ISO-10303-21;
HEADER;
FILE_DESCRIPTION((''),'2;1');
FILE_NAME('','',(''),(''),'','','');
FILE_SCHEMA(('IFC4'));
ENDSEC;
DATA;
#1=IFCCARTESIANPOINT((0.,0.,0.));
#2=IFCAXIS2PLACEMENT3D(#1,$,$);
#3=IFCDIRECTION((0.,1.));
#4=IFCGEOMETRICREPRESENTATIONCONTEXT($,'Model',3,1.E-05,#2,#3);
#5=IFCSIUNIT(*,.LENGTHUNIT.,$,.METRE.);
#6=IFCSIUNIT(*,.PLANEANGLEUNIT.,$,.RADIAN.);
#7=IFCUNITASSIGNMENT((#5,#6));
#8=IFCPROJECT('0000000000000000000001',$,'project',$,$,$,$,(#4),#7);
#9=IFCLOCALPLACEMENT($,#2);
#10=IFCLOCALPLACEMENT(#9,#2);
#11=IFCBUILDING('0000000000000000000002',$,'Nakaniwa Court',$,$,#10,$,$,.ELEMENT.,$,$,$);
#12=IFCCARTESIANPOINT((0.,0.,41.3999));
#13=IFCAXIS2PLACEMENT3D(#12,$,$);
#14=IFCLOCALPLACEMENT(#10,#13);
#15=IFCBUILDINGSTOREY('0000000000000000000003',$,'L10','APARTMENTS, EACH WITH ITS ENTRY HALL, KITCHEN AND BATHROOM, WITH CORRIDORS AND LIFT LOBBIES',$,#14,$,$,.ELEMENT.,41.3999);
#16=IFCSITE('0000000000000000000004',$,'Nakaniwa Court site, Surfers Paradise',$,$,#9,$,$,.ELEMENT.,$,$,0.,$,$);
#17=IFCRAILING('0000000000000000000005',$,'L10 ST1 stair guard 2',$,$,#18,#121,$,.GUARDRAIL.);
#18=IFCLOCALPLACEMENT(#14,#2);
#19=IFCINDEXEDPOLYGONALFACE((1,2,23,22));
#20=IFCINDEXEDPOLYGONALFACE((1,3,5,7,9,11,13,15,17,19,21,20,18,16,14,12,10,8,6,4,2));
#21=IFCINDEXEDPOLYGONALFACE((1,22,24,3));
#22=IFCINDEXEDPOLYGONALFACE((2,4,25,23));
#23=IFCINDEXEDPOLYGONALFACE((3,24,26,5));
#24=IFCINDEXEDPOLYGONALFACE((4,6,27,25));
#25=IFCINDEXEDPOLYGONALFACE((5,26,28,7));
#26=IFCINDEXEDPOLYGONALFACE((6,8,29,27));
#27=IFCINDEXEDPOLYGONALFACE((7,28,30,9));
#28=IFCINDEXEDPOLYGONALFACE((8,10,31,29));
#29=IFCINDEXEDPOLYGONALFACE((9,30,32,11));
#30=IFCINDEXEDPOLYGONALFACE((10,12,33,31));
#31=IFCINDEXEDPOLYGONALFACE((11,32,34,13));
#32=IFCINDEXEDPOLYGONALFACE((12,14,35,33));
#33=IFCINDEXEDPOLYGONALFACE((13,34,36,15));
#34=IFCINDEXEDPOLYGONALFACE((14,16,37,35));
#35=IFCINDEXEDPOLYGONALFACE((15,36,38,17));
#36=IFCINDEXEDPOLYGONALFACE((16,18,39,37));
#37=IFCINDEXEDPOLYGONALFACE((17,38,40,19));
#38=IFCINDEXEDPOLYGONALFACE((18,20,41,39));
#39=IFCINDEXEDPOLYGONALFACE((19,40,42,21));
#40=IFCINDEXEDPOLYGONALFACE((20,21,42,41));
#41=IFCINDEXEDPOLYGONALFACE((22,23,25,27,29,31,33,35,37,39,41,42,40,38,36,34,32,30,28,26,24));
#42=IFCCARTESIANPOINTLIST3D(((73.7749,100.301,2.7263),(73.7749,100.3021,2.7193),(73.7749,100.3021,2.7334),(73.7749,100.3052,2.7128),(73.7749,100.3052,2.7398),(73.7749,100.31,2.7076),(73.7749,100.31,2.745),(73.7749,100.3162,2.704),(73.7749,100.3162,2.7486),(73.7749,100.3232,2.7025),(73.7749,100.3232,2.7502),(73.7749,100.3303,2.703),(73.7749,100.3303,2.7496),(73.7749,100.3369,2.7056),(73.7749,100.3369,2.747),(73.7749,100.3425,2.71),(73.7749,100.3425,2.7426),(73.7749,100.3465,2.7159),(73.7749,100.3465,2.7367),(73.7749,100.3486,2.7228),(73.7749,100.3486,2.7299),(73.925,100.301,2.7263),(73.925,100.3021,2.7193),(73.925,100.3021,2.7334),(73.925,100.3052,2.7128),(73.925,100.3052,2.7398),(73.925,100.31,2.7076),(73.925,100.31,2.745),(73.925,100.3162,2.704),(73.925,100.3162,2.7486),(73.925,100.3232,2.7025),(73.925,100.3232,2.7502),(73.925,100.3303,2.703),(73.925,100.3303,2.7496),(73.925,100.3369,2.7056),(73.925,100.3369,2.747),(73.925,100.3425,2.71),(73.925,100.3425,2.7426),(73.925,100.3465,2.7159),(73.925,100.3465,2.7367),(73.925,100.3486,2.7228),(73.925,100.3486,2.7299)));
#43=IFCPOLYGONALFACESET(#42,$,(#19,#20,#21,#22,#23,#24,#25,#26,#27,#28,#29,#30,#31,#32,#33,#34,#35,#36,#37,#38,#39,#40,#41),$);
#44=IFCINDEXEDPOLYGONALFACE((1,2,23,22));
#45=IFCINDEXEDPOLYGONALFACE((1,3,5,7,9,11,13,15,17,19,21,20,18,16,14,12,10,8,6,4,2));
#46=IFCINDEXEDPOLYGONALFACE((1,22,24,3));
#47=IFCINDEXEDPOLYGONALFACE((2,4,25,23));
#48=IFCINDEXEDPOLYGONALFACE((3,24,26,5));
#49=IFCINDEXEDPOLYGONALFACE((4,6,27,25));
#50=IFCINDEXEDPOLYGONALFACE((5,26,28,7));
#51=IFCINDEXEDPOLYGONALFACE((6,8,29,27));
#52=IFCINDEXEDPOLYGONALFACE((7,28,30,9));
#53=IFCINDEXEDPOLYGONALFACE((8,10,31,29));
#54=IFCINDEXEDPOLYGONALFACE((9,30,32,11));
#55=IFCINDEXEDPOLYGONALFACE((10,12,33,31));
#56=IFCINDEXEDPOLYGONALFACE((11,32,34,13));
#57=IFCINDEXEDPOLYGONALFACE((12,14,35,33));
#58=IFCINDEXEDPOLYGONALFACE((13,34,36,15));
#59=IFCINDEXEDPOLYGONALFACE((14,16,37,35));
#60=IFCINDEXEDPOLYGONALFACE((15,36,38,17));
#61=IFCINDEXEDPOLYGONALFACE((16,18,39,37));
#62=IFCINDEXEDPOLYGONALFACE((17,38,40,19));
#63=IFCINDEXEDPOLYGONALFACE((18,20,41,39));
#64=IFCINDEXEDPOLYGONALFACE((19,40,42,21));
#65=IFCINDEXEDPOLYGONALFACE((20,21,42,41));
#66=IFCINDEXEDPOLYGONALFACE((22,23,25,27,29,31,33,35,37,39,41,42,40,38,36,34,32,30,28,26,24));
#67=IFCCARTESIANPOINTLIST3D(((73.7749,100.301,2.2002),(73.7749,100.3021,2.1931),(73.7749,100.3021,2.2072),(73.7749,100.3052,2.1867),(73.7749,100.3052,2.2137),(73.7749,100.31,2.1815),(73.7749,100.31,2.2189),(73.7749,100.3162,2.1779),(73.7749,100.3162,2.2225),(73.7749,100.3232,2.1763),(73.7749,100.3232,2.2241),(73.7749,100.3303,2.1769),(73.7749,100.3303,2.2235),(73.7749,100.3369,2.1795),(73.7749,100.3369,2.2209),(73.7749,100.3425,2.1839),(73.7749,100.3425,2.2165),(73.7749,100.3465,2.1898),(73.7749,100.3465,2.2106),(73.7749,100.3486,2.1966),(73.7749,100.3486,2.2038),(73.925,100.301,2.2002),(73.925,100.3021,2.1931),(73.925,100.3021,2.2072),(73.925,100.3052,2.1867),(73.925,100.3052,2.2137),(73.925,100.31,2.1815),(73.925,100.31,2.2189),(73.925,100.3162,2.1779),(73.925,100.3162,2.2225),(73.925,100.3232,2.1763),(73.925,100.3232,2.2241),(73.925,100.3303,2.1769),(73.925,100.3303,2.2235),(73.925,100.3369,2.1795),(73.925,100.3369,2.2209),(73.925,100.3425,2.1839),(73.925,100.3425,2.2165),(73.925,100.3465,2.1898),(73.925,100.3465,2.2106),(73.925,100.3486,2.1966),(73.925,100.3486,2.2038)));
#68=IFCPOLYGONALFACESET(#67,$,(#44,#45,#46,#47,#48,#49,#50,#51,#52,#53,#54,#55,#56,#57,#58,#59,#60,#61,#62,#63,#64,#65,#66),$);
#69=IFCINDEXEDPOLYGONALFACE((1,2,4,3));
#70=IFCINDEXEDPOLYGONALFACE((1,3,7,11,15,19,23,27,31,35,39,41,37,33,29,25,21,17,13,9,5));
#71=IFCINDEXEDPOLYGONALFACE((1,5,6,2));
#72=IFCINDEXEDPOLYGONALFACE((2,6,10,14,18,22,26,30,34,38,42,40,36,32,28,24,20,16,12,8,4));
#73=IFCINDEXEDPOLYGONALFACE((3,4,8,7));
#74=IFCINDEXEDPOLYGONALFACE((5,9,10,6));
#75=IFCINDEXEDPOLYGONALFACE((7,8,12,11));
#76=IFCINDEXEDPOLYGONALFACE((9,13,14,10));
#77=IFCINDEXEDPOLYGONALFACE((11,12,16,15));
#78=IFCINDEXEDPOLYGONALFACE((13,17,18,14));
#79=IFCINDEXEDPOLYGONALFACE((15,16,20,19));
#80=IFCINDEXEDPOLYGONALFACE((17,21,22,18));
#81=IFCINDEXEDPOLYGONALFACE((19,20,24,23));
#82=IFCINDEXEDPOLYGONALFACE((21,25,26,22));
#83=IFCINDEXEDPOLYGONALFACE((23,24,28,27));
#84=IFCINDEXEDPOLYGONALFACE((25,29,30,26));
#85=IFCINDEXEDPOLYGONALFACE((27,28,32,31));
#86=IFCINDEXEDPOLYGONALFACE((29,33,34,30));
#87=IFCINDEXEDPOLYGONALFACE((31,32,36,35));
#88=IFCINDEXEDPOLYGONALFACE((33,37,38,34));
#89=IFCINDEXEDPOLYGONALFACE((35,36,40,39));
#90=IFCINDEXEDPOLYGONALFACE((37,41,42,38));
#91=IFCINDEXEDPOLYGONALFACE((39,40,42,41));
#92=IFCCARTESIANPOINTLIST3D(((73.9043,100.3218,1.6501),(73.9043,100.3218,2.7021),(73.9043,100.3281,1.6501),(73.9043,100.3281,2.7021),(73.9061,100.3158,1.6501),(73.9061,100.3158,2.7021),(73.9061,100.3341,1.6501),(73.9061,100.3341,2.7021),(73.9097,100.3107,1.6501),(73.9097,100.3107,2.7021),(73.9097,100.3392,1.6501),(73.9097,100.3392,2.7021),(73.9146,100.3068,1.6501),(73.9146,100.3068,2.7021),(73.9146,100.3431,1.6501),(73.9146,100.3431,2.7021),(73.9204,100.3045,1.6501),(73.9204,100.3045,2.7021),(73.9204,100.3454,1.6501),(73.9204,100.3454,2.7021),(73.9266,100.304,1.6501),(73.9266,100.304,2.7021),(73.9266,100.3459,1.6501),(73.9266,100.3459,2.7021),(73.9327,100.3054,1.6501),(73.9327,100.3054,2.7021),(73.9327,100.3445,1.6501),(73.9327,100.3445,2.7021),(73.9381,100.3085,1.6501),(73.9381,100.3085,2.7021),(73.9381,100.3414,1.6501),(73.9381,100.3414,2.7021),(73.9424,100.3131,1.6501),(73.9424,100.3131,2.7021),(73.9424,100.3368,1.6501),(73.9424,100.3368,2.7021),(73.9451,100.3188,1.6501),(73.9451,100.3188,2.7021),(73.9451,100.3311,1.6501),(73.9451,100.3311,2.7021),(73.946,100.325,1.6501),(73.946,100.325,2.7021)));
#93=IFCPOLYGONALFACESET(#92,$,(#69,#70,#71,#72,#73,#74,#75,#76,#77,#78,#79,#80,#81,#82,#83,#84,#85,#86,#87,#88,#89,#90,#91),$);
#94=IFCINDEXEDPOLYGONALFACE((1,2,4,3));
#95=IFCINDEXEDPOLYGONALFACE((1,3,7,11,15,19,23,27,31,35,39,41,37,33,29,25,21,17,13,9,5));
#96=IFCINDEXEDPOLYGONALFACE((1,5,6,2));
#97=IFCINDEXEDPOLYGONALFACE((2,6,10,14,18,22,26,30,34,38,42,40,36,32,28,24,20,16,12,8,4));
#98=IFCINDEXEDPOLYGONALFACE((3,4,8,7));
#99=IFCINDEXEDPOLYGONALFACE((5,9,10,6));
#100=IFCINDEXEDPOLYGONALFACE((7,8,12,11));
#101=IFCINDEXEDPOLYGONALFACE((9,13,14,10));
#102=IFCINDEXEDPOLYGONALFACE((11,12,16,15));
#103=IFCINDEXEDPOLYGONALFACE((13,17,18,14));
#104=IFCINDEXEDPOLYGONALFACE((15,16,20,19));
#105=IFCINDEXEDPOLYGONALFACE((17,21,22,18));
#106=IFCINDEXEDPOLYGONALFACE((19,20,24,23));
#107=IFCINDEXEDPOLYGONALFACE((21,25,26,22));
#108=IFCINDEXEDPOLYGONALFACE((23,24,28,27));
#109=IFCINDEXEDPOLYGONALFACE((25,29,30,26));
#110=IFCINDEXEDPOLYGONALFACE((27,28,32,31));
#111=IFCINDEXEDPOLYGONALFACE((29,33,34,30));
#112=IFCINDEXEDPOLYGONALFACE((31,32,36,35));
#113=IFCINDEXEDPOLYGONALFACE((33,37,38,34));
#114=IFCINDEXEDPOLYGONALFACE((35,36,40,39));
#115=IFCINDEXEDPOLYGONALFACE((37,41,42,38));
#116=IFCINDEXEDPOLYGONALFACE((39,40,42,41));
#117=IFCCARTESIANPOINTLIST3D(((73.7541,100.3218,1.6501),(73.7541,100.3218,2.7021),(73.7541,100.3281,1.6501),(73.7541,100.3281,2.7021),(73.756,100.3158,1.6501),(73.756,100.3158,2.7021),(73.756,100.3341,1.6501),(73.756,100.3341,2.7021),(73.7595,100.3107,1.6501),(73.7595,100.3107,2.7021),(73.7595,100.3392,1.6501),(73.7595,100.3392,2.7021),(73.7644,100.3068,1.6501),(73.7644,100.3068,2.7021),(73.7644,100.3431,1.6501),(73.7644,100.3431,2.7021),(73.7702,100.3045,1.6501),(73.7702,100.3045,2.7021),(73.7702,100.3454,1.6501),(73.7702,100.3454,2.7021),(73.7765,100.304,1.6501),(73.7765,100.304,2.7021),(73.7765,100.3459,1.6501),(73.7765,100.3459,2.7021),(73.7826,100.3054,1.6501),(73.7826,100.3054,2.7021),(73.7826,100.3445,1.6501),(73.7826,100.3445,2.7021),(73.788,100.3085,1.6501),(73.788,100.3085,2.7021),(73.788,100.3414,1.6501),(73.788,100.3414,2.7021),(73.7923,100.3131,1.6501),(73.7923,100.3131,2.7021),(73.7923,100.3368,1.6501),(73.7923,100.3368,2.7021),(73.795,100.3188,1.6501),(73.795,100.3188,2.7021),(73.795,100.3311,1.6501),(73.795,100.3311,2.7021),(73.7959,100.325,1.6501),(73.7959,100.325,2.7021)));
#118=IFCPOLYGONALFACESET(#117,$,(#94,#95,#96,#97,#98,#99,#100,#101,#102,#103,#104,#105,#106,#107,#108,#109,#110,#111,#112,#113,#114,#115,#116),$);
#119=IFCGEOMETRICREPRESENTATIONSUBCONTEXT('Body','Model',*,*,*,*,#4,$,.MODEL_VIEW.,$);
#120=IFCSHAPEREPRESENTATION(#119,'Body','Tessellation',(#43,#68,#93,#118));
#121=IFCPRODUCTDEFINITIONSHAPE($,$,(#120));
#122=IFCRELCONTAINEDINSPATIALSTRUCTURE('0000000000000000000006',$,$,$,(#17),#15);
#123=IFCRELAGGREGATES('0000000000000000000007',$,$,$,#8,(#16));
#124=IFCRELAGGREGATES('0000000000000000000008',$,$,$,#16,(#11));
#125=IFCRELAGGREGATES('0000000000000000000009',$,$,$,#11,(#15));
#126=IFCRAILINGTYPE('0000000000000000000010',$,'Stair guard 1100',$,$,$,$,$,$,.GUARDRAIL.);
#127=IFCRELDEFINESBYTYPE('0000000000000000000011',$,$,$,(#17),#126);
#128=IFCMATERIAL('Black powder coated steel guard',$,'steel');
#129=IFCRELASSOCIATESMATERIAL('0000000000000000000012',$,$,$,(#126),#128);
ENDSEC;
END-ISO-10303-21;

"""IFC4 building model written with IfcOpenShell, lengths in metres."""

from ifc_helpers import new_model, si_unit, direction, frame, origin, origin_2d, place, context, subcontext, project, spatial, circle, extrude, material, type_object, element, save


model = new_model("IFC4")

# Units and contexts
model_context = context("Model", 3, precision=1e-05, world=origin(), true_north=direction((0.0, 1.0)))
body_context = subcontext(model_context, "Body", "Model", "MODEL_VIEW")
ifc_project = project(units=[si_unit("LENGTHUNIT", "METRE"), si_unit("PLANEANGLEUNIT", "RADIAN")], contexts=[model_context])

# Site, building, storey
site_placement = place(None, origin())
site = spatial("IfcSite", under=ifc_project, at=site_placement, Name="Nakaniwa Court site, Surfers Paradise", CompositionType="ELEMENT", RefElevation=0.0)
building_placement = place(site_placement, origin())
building = spatial("IfcBuilding", under=site, at=building_placement, Name="Nakaniwa Court", CompositionType="ELEMENT")
storey_placement = place(building_placement, frame((0.0, 0.0, 41.3999)))
storey = spatial("IfcBuildingStorey", under=building, at=storey_placement, Name="L10", Description="APARTMENTS, EACH WITH ITS ENTRY HALL, KITCHEN AND BATHROOM, WITH CORRIDORS AND LIFT LOBBIES", CompositionType="ELEMENT", Elevation=41.3999)

# Railing
ifc_material_1 = material(Name="Black powder coated steel guard", Category="steel")
railing_type_1 = type_object("IfcRailingType", Name="Stair guard 1100", PredefinedType="GUARDRAIL", material=ifc_material_1)
railing_1_placement = place(storey_placement, frame((73.925, 100.325, 1.6501)))
element("IfcRailing", 1, at=railing_1_placement, inside=storey, type_object=railing_type_1, Name="L10 ST1 stair guard 2", PredefinedType="GUARDRAIL", context=body_context, shape_type="SweptSolid", body=[
    extrude(circle(Radius=0.0239, at=origin_2d()), frame((0.0, 0.0, 1.0762), z_axis=(-1.0, 0.0, 0.0), x_axis=(0.0, -1.0, 0.0)), (0.0, 0.0, 1.0), 0.1501),
    extrude(circle(Radius=0.0239, at=origin_2d()), frame((0.0, 0.0, 0.55), z_axis=(-1.0, 0.0, 0.0), x_axis=(0.0, -1.0, 0.0)), (0.0, 0.0, 1.0), 0.1501),
    extrude(circle(Radius=0.021, at=origin_2d()), origin(), (0.0, 0.0, 1.0), 1.052),
    extrude(circle(Radius=0.021, at=origin_2d()), frame((-0.1501, 0.0, 0.0)), (0.0, 0.0, 1.0), 1.052),
])

save(model, "model.ifc")
